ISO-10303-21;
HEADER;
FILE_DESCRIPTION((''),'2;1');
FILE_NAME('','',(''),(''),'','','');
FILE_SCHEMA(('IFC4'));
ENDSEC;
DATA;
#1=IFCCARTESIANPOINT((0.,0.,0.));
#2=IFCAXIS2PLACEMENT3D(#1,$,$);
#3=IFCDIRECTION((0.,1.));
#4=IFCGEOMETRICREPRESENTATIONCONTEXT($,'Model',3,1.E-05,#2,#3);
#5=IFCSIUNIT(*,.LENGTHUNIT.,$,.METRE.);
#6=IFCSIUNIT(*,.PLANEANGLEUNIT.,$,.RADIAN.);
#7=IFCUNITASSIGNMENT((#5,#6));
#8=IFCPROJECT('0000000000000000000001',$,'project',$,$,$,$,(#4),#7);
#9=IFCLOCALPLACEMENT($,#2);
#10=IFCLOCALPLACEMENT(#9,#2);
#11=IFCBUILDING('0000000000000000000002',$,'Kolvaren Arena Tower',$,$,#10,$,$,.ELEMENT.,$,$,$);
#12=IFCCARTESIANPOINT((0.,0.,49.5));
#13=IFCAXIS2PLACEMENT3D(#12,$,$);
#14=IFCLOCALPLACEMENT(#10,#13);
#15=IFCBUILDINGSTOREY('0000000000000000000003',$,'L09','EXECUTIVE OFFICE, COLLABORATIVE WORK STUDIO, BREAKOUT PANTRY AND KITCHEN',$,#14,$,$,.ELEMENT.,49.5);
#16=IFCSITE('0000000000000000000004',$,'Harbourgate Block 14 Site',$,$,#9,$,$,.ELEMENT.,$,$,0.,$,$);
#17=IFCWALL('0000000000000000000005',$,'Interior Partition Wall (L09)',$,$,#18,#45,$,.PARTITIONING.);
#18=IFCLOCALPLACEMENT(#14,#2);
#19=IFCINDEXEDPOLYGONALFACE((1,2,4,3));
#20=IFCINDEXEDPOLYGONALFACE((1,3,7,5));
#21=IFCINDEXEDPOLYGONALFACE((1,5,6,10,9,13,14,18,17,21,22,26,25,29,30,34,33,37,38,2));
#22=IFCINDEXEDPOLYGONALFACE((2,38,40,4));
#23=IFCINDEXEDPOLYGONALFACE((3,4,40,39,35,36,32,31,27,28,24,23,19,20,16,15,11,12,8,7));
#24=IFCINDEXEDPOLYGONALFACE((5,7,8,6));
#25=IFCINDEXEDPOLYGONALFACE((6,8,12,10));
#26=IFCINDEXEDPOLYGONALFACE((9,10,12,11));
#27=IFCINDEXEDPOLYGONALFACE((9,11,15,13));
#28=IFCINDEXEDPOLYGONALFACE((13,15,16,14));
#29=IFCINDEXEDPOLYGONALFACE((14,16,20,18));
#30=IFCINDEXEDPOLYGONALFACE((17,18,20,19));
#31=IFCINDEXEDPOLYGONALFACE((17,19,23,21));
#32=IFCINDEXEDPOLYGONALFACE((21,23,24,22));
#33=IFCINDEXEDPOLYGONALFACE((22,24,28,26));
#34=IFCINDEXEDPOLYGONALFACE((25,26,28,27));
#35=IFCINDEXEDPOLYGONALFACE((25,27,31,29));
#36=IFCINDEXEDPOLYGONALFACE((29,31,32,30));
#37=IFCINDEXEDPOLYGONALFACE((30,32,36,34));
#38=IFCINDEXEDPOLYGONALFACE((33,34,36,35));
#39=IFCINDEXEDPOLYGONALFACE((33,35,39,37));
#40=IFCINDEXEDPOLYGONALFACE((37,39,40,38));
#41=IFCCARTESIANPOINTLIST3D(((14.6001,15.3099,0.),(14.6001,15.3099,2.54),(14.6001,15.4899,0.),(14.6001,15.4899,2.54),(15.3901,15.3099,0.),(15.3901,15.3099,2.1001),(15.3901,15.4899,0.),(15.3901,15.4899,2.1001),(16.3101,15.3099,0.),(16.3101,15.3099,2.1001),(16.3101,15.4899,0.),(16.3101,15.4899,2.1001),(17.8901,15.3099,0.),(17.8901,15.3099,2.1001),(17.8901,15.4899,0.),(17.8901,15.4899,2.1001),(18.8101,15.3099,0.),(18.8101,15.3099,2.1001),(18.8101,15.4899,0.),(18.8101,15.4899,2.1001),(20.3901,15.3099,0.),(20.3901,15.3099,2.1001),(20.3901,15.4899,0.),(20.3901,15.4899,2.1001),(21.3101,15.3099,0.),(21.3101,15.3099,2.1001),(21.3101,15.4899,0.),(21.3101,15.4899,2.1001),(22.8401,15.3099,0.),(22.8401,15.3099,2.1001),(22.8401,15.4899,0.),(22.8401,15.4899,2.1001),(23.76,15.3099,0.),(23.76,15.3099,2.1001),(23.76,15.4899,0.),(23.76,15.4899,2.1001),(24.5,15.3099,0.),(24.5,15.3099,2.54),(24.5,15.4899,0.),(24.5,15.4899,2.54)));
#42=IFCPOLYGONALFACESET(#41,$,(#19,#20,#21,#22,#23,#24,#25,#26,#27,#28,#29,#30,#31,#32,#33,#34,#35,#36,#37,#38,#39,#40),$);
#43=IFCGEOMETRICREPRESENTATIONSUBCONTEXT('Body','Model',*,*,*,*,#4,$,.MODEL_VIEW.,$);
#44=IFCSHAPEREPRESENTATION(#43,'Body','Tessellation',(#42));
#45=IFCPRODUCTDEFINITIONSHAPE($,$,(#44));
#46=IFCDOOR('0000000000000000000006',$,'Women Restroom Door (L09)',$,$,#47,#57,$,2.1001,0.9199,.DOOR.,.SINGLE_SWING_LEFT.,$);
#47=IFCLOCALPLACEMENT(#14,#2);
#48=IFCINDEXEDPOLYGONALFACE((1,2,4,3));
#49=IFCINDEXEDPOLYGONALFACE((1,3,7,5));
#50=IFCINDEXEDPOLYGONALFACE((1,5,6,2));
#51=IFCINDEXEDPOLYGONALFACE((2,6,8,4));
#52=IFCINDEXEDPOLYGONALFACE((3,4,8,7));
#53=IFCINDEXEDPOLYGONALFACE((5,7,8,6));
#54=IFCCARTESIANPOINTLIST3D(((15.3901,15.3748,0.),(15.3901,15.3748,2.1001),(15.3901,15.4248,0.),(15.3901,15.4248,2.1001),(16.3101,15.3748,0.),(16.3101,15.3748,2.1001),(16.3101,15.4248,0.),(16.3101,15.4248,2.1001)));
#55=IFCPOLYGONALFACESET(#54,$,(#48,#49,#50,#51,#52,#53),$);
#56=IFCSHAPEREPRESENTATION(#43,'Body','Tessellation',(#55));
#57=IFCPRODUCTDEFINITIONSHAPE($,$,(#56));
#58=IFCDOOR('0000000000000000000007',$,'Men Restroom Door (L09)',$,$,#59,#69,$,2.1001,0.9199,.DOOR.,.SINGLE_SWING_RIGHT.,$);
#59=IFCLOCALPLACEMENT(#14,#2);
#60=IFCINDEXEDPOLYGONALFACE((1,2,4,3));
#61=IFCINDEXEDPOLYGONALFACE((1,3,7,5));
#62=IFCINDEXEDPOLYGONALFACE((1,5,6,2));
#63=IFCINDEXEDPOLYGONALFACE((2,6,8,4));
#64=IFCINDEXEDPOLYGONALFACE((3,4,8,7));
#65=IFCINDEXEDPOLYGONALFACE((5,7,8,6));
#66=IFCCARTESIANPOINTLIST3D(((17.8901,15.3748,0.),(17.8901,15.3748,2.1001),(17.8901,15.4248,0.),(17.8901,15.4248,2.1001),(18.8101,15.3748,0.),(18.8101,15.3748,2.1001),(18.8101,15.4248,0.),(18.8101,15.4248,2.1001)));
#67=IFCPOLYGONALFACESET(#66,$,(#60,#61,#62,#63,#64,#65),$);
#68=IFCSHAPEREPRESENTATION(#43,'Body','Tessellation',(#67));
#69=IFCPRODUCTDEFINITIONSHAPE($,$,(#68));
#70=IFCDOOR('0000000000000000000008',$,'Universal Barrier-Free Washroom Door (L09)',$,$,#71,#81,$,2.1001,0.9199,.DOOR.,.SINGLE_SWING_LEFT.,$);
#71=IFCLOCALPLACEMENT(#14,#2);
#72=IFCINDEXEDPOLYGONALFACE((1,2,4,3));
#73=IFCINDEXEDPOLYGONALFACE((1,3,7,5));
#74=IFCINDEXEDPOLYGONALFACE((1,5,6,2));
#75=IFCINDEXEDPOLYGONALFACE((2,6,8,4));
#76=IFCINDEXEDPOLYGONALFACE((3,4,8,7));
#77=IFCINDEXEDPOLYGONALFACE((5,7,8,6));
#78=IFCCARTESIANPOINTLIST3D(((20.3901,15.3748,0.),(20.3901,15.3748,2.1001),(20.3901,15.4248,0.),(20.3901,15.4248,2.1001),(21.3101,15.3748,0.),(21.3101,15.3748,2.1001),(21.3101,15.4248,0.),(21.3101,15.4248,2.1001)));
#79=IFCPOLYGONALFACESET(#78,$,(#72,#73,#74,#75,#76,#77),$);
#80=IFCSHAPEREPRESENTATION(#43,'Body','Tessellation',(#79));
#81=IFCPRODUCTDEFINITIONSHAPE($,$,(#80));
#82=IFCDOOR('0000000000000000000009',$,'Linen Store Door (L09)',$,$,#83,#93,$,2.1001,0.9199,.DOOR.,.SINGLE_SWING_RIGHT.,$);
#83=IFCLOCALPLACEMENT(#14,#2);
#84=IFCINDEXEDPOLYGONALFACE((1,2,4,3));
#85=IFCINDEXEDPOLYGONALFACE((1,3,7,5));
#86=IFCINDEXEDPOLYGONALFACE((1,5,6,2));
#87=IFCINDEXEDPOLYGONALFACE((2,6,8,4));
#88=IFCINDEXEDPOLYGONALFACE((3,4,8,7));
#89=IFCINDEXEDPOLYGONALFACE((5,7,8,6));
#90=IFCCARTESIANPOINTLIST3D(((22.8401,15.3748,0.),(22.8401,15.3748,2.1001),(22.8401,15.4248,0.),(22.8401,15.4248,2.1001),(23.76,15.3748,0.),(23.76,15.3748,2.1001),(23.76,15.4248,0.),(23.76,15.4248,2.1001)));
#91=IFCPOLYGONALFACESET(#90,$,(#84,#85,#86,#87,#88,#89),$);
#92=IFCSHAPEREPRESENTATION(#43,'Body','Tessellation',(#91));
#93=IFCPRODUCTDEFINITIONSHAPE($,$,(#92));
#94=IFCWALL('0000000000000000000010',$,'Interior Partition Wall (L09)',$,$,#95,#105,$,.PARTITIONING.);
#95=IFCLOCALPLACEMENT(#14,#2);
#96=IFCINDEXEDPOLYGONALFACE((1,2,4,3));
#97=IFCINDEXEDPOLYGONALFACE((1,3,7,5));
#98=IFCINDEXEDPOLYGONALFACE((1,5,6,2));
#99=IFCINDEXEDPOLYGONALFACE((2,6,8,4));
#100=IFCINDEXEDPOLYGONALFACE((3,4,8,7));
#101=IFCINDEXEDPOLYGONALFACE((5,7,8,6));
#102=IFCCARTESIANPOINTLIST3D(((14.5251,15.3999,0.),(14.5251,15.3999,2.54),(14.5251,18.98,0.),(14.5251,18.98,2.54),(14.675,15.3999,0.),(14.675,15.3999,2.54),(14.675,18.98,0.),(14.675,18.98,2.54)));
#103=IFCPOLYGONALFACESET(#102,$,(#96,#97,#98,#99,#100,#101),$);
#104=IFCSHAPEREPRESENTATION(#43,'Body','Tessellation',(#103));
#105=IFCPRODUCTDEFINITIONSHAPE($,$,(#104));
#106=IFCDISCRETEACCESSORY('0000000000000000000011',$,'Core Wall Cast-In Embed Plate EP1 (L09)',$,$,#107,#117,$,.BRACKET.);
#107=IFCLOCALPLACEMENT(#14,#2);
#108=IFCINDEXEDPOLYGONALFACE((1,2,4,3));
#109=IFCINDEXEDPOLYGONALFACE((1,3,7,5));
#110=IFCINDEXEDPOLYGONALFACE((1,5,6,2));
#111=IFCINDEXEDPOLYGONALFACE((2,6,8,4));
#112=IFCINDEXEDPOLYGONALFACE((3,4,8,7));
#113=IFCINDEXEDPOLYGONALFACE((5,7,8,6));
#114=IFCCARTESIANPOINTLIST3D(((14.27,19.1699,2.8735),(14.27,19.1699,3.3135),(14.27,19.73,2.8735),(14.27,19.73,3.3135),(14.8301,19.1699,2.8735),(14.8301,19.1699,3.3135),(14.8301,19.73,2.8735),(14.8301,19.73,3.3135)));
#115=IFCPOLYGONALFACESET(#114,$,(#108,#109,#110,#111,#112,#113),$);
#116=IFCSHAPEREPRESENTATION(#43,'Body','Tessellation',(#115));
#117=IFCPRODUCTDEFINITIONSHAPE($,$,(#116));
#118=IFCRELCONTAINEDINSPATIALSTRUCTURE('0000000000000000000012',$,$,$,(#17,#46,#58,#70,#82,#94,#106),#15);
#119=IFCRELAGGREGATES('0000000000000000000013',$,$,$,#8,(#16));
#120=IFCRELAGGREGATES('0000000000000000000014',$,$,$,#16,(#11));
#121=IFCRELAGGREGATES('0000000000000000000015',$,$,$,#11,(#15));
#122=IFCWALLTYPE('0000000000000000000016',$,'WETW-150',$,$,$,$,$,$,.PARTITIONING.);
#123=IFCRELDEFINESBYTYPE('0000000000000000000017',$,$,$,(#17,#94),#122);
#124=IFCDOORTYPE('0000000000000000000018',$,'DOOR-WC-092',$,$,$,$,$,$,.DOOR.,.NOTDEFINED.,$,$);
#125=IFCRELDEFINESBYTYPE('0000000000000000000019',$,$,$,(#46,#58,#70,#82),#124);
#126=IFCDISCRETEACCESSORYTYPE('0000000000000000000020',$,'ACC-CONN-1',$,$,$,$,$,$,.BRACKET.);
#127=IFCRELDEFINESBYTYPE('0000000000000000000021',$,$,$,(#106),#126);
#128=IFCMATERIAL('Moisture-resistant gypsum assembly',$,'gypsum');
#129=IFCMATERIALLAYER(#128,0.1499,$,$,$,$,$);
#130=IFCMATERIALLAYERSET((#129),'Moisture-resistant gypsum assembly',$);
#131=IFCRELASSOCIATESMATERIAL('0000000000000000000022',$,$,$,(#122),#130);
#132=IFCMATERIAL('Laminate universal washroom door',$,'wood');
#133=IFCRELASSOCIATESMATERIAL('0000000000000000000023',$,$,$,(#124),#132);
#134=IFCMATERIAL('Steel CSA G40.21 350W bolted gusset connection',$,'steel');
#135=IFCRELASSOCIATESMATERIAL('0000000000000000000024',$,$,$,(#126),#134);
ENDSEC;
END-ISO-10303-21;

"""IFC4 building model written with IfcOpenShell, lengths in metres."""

from ifc_helpers import new_model, si_unit, direction, frame, frame_2d, origin, origin_2d, place, context, subcontext, project, spatial, rectangle, extrude, material, layer, layer_set, type_object, element, fill, save


model = new_model("IFC4")

# Units and contexts
model_context = context("Model", 3, precision=1e-05, world=origin(), true_north=direction((0.0, 1.0)))
body_context = subcontext(model_context, "Body", "Model", "MODEL_VIEW")
ifc_project = project(units=[si_unit("LENGTHUNIT", "METRE"), si_unit("PLANEANGLEUNIT", "RADIAN")], contexts=[model_context])

# Site, building, storey
site_placement = place(None, origin())
site = spatial("IfcSite", under=ifc_project, at=site_placement, Name="Harbourgate Block 14 Site", CompositionType="ELEMENT", RefElevation=0.0)
building_placement = place(site_placement, origin())
building = spatial("IfcBuilding", under=site, at=building_placement, Name="Kolvaren Arena Tower", CompositionType="ELEMENT")
storey_placement = place(building_placement, frame((0.0, 0.0, 49.5)))
storey = spatial("IfcBuildingStorey", under=building, at=storey_placement, Name="L09", Description="EXECUTIVE OFFICE, COLLABORATIVE WORK STUDIO, BREAKOUT PANTRY AND KITCHEN", CompositionType="ELEMENT", Elevation=49.5)

# Wall, openings, doors
ifc_material_1 = material(Name="Moisture-resistant gypsum assembly", Category="gypsum")
ifc_layer_1 = layer(ifc_material_1, 0.1499)
ifc_layer_set_1 = layer_set([ifc_layer_1], Name="Moisture-resistant gypsum assembly")
wall_type_1 = type_object("IfcWallType", Name="WETW-150", PredefinedType="PARTITIONING", material=ifc_layer_set_1)
wall_1_placement = place(storey_placement, frame((14.6001, 15.3999, 0.0), z_axis=(0.0, 0.0, 1.0), x_axis=(1.0, 0.0, 0.0)))
wall_1 = element("IfcWall", 1, at=wall_1_placement, inside=storey, type_object=wall_type_1, Name="Interior Partition Wall (L09)", PredefinedType="PARTITIONING", context=body_context, shape_type="SweptSolid", body=[
    extrude(rectangle(XDim=9.8999, YDim=0.1799, at=frame_2d((4.95, 0.0))), origin(), (0.0, 0.0, 1.0), 2.54),
])
opening_1_placement = place(wall_1_placement, frame((0.79, 0.0, 0.0)))
opening_1 = element("IfcOpeningElement", 2, at=opening_1_placement, cuts=wall_1, PredefinedType="OPENING", context=body_context, shape_type="SweptSolid", body=[
    extrude(rectangle(XDim=0.9199, YDim=2.1001, at=frame_2d((0.46, 1.05))), frame((0.0, 0.0999, 0.0), z_axis=(0.0, -1.0, 0.0), x_axis=(1.0, 0.0, 0.0)), (0.0, 0.0, 1.0), 0.2),
])
opening_2_placement = place(wall_1_placement, frame((3.29, 0.0, 0.0)))
opening_2 = element("IfcOpeningElement", 3, at=opening_2_placement, cuts=wall_1, PredefinedType="OPENING", context=body_context, shape_type="SweptSolid", body=[
    extrude(rectangle(XDim=0.9199, YDim=2.1001, at=frame_2d((0.46, 1.05))), frame((0.0, 0.0999, 0.0), z_axis=(0.0, -1.0, 0.0), x_axis=(1.0, 0.0, 0.0)), (0.0, 0.0, 1.0), 0.2),
])
opening_3_placement = place(wall_1_placement, frame((5.79, 0.0, 0.0)))
opening_3 = element("IfcOpeningElement", 4, at=opening_3_placement, cuts=wall_1, PredefinedType="OPENING", context=body_context, shape_type="SweptSolid", body=[
    extrude(rectangle(XDim=0.9199, YDim=2.1001, at=frame_2d((0.46, 1.05))), frame((0.0, 0.0999, 0.0), z_axis=(0.0, -1.0, 0.0), x_axis=(1.0, 0.0, 0.0)), (0.0, 0.0, 1.0), 0.2),
])
opening_4_placement = place(wall_1_placement, frame((8.24, 0.0, 0.0)))
opening_4 = element("IfcOpeningElement", 5, at=opening_4_placement, cuts=wall_1, PredefinedType="OPENING", context=body_context, shape_type="SweptSolid", body=[
    extrude(rectangle(XDim=0.9199, YDim=2.1001, at=frame_2d((0.46, 1.05))), frame((0.0, 0.0999, 0.0), z_axis=(0.0, -1.0, 0.0), x_axis=(1.0, 0.0, 0.0)), (0.0, 0.0, 1.0), 0.2),
])
ifc_material_2 = material(Name="Laminate universal washroom door", Category="wood")
door_type = type_object("IfcDoorType", Name="DOOR-WC-092", OperationType="NOTDEFINED", PredefinedType="DOOR", material=ifc_material_2)
door_1_placement = place(opening_1_placement, origin())
door_1 = element("IfcDoor", 6, at=door_1_placement, inside=storey, type_object=door_type, Name="Women Restroom Door (L09)", OperationType="SINGLE_SWING_LEFT", OverallHeight=2.1001, OverallWidth=0.9199, PredefinedType="DOOR", context=body_context, shape_type="SweptSolid", body=[
    extrude(rectangle(XDim=0.9199, YDim=2.1001, at=frame_2d((0.46, 1.05))), frame((0.0, 0.0249, 0.0), z_axis=(0.0, -1.0, 0.0), x_axis=(1.0, 0.0, 0.0)), (0.0, 0.0, 1.0), 0.05),
])
fill(opening_1, door_1)
door_2_placement = place(opening_2_placement, origin())
door_2 = element("IfcDoor", 7, at=door_2_placement, inside=storey, type_object=door_type, Name="Men Restroom Door (L09)", OperationType="SINGLE_SWING_RIGHT", OverallHeight=2.1001, OverallWidth=0.9199, PredefinedType="DOOR", context=body_context, shape_type="SweptSolid", body=[
    extrude(rectangle(XDim=0.9199, YDim=2.1001, at=frame_2d((0.46, 1.05))), frame((0.0, 0.0249, 0.0), z_axis=(0.0, -1.0, 0.0), x_axis=(1.0, 0.0, 0.0)), (0.0, 0.0, 1.0), 0.05),
])
fill(opening_2, door_2)
door_3_placement = place(opening_3_placement, origin())
door_3 = element("IfcDoor", 8, at=door_3_placement, inside=storey, type_object=door_type, Name="Universal Barrier-Free Washroom Door (L09)", OperationType="SINGLE_SWING_LEFT", OverallHeight=2.1001, OverallWidth=0.9199, PredefinedType="DOOR", context=body_context, shape_type="SweptSolid", body=[
    extrude(rectangle(XDim=0.9199, YDim=2.1001, at=frame_2d((0.46, 1.05))), frame((0.0, 0.0249, 0.0), z_axis=(0.0, -1.0, 0.0), x_axis=(1.0, 0.0, 0.0)), (0.0, 0.0, 1.0), 0.05),
])
fill(opening_3, door_3)
door_4_placement = place(opening_4_placement, origin())
door_4 = element("IfcDoor", 9, at=door_4_placement, inside=storey, type_object=door_type, Name="Linen Store Door (L09)", OperationType="SINGLE_SWING_RIGHT", OverallHeight=2.1001, OverallWidth=0.9199, PredefinedType="DOOR", context=body_context, shape_type="SweptSolid", body=[
    extrude(rectangle(XDim=0.9199, YDim=2.1001, at=frame_2d((0.46, 1.05))), frame((0.0, 0.0249, 0.0), z_axis=(0.0, -1.0, 0.0), x_axis=(1.0, 0.0, 0.0)), (0.0, 0.0, 1.0), 0.05),
])
fill(opening_4, door_4)

# Wall
wall_2_placement = place(storey_placement, frame((14.6001, 15.3999, 0.0), z_axis=(0.0, 0.0, 1.0), x_axis=(0.0, 1.0, 0.0)))
element("IfcWall", 10, at=wall_2_placement, inside=storey, type_object=wall_type_1, Name="Interior Partition Wall (L09)", PredefinedType="PARTITIONING", context=body_context, shape_type="SweptSolid", body=[
    extrude(rectangle(XDim=3.5801, YDim=0.1499, at=frame_2d((1.79, 0.0))), origin(), (0.0, 0.0, 1.0), 2.54),
])

# Discrete accessory
ifc_material_3 = material(Name="Steel CSA G40.21 350W bolted gusset connection", Category="steel")
discrete_accessory_type = type_object("IfcDiscreteAccessoryType", Name="ACC-CONN-1", PredefinedType="BRACKET", material=ifc_material_3)
discrete_accessory_placement = place(storey_placement, frame((14.55, 19.45, 2.8735), z_axis=(0.0, 0.0, 1.0), x_axis=(1.0, 0.0, 0.0)))
element("IfcDiscreteAccessory", 11, at=discrete_accessory_placement, inside=storey, type_object=discrete_accessory_type, Name="Core Wall Cast-In Embed Plate EP1 (L09)", PredefinedType="BRACKET", context=body_context, shape_type="SweptSolid", body=[
    extrude(rectangle(XDim=0.5601, YDim=0.5601, at=origin_2d()), origin(), (0.0, 0.0, 1.0), 0.4399),
])

save(model, "model.ifc")
